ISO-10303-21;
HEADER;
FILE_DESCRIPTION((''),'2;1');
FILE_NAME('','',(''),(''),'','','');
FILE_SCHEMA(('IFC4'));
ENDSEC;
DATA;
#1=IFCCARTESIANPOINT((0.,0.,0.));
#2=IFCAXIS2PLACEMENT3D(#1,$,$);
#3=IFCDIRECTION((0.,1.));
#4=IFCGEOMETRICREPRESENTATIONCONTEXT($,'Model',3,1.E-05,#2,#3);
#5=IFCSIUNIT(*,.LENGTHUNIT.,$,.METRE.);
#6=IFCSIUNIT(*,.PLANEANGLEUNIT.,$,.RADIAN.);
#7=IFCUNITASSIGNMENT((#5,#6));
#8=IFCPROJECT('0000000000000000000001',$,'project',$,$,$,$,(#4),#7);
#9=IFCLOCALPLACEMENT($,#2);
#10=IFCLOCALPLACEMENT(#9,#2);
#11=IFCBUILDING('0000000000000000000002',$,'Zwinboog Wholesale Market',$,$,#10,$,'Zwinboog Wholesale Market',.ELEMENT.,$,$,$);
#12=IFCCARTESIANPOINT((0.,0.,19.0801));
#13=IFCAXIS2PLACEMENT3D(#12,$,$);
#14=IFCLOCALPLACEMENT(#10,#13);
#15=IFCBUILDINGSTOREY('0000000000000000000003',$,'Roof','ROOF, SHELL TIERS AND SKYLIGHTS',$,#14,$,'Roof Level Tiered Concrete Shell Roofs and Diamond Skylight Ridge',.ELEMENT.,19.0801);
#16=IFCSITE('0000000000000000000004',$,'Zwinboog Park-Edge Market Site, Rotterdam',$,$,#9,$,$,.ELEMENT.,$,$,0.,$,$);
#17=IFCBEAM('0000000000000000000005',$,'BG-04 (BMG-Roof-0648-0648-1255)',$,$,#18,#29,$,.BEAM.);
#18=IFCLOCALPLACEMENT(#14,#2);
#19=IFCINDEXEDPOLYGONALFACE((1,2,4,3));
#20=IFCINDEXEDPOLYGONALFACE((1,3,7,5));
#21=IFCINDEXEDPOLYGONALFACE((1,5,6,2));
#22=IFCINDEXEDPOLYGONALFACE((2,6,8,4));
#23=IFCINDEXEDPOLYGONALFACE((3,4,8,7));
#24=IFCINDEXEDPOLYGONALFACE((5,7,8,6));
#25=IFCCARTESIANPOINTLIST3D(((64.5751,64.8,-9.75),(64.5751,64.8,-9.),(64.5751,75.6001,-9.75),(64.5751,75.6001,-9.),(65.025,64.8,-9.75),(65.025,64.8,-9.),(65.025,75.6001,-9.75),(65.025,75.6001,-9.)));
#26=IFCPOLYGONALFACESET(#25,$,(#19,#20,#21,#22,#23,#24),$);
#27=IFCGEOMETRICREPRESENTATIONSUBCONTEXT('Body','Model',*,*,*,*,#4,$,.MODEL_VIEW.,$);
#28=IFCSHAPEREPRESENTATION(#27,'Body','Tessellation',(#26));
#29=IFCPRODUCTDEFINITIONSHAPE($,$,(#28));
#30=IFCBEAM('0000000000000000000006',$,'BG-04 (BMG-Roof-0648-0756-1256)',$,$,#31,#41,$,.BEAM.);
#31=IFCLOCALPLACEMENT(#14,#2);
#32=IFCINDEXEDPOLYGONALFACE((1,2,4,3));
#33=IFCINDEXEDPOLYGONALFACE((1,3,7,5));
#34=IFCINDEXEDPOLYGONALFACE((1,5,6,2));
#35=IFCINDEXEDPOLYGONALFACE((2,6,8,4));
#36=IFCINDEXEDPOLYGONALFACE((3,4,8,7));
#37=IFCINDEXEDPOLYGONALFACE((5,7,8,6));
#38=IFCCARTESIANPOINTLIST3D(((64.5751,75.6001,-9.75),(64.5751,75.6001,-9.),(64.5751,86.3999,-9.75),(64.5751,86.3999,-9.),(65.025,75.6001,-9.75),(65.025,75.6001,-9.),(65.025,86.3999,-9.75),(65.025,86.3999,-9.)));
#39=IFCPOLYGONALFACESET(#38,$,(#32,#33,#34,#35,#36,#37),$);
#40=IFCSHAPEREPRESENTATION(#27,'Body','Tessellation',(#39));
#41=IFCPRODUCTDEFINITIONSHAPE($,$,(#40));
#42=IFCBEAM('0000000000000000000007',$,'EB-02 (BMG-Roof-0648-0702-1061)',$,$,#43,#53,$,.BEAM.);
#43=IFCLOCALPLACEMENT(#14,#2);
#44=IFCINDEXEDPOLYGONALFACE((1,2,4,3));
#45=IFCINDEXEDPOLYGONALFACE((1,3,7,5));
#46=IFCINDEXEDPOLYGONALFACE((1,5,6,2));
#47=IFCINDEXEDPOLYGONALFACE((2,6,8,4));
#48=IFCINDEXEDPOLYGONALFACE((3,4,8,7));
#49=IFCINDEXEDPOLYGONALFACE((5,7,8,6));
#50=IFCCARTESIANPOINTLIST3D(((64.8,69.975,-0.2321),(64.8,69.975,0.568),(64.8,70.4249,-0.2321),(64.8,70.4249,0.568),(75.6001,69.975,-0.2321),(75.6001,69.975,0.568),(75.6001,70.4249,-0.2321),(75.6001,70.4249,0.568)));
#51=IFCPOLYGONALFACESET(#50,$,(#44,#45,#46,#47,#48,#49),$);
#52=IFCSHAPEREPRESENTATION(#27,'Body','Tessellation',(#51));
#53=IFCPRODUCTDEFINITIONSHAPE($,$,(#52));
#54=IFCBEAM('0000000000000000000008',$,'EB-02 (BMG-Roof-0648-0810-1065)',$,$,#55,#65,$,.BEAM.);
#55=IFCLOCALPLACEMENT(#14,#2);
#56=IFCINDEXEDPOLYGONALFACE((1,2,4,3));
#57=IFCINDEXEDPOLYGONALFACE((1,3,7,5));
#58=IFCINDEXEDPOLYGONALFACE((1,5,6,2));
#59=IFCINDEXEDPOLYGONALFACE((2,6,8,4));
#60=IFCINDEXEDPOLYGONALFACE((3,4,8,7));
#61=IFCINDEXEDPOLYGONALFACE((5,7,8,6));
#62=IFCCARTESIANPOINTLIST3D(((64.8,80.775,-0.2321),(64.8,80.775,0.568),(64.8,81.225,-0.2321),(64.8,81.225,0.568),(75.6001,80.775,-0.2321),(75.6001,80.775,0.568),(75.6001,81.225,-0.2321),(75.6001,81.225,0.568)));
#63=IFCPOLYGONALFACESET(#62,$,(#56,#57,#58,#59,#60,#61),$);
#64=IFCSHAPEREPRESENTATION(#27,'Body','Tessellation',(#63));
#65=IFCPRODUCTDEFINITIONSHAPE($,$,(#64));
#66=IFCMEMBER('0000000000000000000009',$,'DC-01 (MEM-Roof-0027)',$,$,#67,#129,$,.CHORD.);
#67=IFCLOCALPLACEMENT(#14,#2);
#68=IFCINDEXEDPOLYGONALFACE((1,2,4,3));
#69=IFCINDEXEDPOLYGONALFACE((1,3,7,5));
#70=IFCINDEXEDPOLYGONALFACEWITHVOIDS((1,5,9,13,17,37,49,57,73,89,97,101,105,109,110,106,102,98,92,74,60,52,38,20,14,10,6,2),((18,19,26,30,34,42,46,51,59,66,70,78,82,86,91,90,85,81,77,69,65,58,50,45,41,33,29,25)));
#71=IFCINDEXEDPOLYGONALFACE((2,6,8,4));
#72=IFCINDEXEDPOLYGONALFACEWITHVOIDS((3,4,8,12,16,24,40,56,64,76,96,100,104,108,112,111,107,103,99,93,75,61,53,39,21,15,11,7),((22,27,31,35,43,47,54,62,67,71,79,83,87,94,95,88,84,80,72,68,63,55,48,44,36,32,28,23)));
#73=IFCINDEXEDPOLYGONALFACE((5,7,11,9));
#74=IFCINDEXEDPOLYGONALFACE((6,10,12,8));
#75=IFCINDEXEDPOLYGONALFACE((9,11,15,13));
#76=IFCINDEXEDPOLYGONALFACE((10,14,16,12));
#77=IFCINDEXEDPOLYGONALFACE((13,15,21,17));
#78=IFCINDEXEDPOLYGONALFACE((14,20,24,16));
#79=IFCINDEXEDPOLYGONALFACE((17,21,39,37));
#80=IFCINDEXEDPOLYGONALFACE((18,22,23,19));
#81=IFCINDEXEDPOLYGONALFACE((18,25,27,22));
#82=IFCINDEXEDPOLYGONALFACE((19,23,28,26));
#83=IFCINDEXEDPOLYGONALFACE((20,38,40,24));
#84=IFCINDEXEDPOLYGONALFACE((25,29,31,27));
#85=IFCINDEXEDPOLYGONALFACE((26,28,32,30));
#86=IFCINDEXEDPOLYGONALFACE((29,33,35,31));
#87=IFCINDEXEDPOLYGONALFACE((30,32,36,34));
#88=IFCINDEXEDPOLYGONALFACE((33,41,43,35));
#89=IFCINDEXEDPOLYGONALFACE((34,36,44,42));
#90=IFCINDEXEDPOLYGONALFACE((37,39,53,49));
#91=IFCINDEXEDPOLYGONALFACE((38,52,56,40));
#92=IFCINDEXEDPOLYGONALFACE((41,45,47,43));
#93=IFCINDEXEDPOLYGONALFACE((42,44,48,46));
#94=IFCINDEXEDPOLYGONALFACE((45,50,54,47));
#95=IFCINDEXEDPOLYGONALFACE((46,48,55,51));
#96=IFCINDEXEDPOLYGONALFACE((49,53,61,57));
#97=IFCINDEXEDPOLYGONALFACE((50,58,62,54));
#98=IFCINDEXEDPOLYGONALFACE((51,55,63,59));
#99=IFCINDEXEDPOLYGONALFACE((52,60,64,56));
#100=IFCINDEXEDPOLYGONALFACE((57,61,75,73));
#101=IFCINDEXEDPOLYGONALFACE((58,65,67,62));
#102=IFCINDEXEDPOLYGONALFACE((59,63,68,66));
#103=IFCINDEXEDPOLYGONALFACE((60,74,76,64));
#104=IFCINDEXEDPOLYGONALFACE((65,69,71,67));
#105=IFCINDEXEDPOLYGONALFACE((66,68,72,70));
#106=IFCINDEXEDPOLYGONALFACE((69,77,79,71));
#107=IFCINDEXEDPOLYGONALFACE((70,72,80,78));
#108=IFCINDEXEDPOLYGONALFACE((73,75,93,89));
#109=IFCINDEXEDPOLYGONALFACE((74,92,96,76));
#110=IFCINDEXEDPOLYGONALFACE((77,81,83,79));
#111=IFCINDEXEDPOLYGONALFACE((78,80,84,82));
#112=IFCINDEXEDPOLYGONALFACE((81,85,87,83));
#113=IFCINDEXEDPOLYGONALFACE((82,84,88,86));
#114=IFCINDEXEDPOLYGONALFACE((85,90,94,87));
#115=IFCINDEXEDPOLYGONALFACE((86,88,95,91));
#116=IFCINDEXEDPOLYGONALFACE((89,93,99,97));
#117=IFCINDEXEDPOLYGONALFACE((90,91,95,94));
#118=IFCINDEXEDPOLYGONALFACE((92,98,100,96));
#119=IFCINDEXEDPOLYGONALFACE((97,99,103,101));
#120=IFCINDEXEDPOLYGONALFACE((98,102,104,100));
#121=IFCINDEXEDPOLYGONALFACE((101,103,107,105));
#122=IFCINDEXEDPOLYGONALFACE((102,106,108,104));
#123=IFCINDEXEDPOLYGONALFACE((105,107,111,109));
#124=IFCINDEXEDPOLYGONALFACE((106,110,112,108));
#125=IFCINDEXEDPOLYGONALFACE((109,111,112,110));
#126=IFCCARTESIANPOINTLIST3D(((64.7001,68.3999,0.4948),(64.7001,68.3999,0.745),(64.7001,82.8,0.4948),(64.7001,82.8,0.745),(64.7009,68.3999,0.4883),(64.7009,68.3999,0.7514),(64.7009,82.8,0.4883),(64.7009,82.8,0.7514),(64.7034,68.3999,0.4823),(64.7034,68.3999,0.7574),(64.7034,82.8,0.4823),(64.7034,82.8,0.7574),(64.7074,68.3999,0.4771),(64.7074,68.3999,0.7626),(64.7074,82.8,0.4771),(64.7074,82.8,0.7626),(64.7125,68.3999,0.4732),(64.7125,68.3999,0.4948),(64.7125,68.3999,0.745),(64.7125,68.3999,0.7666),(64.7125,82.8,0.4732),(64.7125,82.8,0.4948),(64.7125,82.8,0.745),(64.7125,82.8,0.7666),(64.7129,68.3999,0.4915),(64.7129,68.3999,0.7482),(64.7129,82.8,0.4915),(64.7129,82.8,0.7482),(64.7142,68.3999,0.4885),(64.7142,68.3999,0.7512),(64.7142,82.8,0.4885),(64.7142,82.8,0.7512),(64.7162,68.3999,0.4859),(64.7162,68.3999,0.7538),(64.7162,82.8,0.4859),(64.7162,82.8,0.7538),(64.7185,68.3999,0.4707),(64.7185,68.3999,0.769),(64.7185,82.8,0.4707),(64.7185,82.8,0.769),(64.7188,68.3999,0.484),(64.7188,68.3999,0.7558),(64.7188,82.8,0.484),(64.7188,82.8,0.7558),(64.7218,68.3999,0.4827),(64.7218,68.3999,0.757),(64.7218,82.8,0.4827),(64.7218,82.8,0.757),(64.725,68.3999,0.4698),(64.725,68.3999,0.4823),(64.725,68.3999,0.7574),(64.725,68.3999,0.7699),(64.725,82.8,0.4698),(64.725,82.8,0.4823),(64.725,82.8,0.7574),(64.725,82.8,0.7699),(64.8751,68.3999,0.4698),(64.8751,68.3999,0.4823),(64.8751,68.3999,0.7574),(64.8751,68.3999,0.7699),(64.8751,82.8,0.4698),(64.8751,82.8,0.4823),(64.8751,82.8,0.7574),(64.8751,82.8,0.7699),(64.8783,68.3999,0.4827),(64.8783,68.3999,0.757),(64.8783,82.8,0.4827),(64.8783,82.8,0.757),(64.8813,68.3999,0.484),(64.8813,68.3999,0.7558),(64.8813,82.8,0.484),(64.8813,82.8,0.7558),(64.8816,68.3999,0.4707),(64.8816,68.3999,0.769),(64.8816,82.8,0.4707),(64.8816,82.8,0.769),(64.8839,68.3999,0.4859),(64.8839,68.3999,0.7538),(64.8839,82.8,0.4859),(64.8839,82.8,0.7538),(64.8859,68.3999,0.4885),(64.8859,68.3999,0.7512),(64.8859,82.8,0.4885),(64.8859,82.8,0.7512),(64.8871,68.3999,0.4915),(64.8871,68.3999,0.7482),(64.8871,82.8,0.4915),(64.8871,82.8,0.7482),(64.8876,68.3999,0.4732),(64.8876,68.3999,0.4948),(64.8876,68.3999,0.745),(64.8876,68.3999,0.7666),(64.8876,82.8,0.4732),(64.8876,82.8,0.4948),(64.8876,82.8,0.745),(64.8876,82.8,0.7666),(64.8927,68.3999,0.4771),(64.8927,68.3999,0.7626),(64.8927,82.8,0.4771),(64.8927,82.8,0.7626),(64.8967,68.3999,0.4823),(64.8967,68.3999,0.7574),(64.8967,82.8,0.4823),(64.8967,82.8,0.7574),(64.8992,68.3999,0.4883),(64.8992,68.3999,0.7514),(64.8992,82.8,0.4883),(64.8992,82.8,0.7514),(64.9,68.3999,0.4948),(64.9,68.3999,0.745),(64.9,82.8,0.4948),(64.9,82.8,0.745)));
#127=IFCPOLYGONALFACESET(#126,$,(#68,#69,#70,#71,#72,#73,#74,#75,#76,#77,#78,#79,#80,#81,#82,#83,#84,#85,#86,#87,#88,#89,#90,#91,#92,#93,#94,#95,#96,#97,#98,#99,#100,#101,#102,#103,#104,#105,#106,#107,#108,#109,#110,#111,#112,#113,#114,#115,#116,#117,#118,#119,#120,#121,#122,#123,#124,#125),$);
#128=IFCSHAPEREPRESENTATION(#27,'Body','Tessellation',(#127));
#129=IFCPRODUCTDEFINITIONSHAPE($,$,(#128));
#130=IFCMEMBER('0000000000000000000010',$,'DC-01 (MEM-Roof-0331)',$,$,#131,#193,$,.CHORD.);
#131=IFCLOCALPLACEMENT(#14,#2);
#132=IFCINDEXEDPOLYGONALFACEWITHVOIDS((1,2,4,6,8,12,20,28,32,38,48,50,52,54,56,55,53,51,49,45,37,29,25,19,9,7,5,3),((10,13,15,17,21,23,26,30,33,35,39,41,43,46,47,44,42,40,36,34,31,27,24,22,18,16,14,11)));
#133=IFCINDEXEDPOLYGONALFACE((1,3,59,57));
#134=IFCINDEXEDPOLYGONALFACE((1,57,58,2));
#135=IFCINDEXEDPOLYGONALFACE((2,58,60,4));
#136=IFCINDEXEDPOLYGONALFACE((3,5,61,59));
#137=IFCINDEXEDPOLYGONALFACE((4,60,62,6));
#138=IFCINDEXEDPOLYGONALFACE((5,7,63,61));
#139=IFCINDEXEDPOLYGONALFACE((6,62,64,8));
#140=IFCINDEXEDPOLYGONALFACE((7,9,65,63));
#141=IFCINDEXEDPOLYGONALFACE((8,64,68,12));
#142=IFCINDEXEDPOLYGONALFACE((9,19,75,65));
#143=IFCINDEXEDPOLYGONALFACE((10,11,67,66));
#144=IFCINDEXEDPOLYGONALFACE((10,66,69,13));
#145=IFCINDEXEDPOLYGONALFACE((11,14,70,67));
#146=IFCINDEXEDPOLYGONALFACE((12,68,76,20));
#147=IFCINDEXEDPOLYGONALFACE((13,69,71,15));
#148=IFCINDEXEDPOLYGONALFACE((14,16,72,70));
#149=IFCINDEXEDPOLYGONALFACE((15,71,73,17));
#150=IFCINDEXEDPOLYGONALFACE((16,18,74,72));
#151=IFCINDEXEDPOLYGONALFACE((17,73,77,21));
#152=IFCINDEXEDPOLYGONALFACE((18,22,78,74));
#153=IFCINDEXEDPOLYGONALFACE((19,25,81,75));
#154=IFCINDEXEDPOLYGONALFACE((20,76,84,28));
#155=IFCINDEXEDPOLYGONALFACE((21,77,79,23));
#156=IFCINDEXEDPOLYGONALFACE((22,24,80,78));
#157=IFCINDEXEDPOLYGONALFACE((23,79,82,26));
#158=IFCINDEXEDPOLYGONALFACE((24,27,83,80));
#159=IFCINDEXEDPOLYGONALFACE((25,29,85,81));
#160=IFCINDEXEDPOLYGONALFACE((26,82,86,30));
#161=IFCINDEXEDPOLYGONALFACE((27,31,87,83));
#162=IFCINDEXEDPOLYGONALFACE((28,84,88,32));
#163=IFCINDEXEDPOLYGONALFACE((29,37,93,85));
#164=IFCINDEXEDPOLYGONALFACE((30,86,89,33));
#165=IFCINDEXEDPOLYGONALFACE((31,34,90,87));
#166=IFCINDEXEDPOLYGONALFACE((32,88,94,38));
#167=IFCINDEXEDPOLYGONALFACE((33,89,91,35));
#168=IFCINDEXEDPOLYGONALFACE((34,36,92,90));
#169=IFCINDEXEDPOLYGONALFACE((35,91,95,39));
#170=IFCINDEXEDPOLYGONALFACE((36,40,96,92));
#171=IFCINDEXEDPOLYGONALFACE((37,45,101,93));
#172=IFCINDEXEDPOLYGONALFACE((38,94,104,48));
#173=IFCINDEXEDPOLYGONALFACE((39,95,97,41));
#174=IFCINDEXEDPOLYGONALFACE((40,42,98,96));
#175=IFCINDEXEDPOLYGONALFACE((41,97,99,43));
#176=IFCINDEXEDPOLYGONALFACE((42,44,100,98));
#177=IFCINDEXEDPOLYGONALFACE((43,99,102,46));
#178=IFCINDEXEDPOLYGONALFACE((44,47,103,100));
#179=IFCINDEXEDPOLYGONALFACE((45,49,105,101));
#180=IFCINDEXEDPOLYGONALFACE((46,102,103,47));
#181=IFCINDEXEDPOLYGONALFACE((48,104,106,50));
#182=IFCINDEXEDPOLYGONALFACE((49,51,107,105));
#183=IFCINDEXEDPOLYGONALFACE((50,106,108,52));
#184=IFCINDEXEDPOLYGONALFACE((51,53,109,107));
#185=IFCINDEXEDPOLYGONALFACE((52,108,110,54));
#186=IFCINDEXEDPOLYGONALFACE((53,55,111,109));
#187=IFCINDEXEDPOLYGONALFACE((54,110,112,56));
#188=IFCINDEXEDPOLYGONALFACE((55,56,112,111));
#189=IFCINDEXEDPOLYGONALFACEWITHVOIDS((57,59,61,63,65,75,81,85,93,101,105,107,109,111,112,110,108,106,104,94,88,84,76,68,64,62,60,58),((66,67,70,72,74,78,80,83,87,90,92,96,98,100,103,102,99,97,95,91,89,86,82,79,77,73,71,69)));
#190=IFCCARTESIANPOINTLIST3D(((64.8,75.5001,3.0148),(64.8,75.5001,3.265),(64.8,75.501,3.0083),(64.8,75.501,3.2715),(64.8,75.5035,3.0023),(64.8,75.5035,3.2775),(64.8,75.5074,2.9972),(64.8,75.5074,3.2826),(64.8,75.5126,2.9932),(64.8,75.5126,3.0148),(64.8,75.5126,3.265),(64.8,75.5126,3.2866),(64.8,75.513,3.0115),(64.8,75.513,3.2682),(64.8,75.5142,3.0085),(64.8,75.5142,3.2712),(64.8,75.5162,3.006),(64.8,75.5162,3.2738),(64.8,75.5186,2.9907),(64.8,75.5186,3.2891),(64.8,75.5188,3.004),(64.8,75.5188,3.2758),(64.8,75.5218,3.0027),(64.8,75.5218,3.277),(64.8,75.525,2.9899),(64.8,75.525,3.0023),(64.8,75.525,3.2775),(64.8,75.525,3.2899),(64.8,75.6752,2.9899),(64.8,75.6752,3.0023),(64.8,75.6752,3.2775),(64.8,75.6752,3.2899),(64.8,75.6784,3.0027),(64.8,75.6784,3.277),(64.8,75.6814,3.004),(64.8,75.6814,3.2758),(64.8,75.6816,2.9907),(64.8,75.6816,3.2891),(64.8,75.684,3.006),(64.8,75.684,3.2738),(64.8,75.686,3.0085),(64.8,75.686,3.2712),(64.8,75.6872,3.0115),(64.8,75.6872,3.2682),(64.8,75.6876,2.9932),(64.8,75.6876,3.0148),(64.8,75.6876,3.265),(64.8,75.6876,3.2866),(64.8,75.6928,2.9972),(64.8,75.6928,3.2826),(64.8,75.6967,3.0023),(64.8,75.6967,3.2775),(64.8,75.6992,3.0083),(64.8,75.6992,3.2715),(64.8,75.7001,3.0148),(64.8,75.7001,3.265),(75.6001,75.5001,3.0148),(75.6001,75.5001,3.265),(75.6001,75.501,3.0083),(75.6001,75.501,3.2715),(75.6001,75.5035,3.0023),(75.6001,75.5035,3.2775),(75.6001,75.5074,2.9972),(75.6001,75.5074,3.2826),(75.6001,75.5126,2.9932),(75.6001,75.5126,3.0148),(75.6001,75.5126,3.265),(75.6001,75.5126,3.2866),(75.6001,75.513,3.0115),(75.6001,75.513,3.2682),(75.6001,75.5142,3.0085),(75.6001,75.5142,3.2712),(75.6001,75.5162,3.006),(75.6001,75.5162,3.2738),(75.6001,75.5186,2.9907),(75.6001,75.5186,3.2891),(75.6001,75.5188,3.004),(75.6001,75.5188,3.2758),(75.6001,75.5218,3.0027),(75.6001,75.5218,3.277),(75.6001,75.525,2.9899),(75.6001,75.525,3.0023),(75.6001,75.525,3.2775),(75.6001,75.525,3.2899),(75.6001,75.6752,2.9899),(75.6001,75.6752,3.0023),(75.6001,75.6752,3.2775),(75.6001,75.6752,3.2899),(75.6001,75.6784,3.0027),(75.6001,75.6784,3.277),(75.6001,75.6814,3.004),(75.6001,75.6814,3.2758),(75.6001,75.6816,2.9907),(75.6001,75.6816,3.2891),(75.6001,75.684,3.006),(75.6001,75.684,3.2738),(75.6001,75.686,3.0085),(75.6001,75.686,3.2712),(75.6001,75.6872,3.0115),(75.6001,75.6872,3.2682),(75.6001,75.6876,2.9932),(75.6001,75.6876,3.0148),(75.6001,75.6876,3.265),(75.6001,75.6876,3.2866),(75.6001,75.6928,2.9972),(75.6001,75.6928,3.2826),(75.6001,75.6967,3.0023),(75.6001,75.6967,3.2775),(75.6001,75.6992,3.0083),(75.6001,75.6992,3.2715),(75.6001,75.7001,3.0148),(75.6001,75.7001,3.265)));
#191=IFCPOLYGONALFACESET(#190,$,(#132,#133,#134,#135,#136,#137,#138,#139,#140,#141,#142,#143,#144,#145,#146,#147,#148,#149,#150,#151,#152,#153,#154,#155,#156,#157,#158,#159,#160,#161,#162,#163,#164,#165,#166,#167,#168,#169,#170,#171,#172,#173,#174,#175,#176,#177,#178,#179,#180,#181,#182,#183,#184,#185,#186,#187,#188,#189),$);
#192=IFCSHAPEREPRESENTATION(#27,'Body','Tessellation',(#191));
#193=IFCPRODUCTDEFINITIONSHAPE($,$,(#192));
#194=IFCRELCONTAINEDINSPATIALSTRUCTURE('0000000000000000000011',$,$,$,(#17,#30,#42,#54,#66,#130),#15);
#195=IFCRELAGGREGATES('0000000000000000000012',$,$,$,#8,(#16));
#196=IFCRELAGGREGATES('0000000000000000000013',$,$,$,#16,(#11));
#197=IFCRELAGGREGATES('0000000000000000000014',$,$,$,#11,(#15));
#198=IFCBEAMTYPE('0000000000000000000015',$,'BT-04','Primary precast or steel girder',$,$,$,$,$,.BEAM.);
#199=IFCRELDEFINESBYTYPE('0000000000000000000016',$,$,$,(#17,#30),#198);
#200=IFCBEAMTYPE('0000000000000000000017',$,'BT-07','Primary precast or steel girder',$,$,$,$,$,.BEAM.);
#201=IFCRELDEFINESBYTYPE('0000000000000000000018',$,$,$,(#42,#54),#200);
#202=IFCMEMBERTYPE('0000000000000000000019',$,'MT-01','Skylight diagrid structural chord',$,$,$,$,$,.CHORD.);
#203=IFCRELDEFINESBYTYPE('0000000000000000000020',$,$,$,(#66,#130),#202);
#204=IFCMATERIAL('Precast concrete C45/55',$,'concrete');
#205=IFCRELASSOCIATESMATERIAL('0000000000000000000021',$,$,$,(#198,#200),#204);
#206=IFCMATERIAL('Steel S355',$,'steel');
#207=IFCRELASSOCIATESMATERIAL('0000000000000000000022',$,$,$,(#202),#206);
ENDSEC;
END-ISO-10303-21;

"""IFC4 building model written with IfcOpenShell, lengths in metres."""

from ifc_helpers import new_model, si_unit, direction, frame, origin, origin_2d, place, context, subcontext, project, spatial, rectangle, hollow_rectangle, extrude, material, material_profile, profile_set, type_object, element, save


model = new_model("IFC4")

# Units and contexts
model_context = context("Model", 3, precision=1e-05, world=origin(), true_north=direction((0.0, 1.0)))
body_context = subcontext(model_context, "Body", "Model", "MODEL_VIEW")
ifc_project = project(units=[si_unit("LENGTHUNIT", "METRE"), si_unit("PLANEANGLEUNIT", "RADIAN")], contexts=[model_context])

# Site, building, storey
site_placement = place(None, origin())
site = spatial("IfcSite", under=ifc_project, at=site_placement, Name="Zwinboog Park-Edge Market Site, Rotterdam", CompositionType="ELEMENT", RefElevation=0.0)
building_placement = place(site_placement, origin())
building = spatial("IfcBuilding", under=site, at=building_placement, Name="Zwinboog Wholesale Market", LongName="Zwinboog Wholesale Market", CompositionType="ELEMENT")
storey_placement = place(building_placement, frame((0.0, 0.0, 19.0801)))
storey = spatial("IfcBuildingStorey", under=building, at=storey_placement, Name="Roof", Description="ROOF, SHELL TIERS AND SKYLIGHTS", LongName="Roof Level Tiered Concrete Shell Roofs and Diamond Skylight Ridge", CompositionType="ELEMENT", Elevation=19.0801)

# Beams
ifc_material_1 = material(Name="Precast concrete C45/55", Category="concrete")
ifc_material_profile_1 = material_profile(ifc_material_1, rectangle(XDim=0.45, YDim=0.75, at=origin_2d()), Name="PC 450x750")
ifc_profile_set_1 = profile_set([ifc_material_profile_1], Name="Precast concrete C45/55")
beam_type_1 = type_object("IfcBeamType", Name="BT-04", Description="Primary precast or steel girder", PredefinedType="BEAM", material=ifc_profile_set_1)
beam_1_placement = place(storey_placement, frame((64.8, 64.8, -9.375), z_axis=(0.0, 1.0, 0.0), x_axis=(-1.0, 0.0, 0.0)))
element("IfcBeam", 1, at=beam_1_placement, inside=storey, type_object=beam_type_1, Name="BG-04 (BMG-Roof-0648-0648-1255)", PredefinedType="BEAM", context=body_context, shape_type="SweptSolid", body=[
    extrude(rectangle(XDim=0.45, YDim=0.75, at=origin_2d()), origin(), (0.0, 0.0, 1.0), 10.8),
])
beam_2_placement = place(storey_placement, frame((64.8, 75.6001, -9.375), z_axis=(0.0, 1.0, 0.0), x_axis=(-1.0, 0.0, 0.0)))
element("IfcBeam", 2, at=beam_2_placement, inside=storey, type_object=beam_type_1, Name="BG-04 (BMG-Roof-0648-0756-1256)", PredefinedType="BEAM", context=body_context, shape_type="SweptSolid", body=[
    extrude(rectangle(XDim=0.45, YDim=0.75, at=origin_2d()), origin(), (0.0, 0.0, 1.0), 10.7998),
])
ifc_material_profile_2 = material_profile(ifc_material_1, rectangle(XDim=0.45, YDim=0.8, at=origin_2d()), Name="PC 450x800")
ifc_profile_set_2 = profile_set([ifc_material_profile_2], Name="Precast concrete C45/55")
beam_type_2 = type_object("IfcBeamType", Name="BT-07", Description="Primary precast or steel girder", PredefinedType="BEAM", material=ifc_profile_set_2)
for number, where, z_axis, x_axis, name in (
    (3, (64.8, 70.2, 0.168), (1.0, 0.0, 0.0), (0.0, 1.0, 0.0), "EB-02 (BMG-Roof-0648-0702-1061)"),
    (4, (64.8, 81.0, 0.168), (1.0, 0.0, 0.0), (0.0, 1.0, 0.0), "EB-02 (BMG-Roof-0648-0810-1065)"),
):
    element("IfcBeam", number, at=place(storey_placement, frame(where, z_axis=z_axis, x_axis=x_axis)), inside=storey, type_object=beam_type_2, Name=name, PredefinedType="BEAM", context=body_context, shape_type="SweptSolid", body=[
        extrude(rectangle(XDim=0.45, YDim=0.8, at=origin_2d()), origin(), (0.0, 0.0, 1.0), 10.8),
    ])

# Members
ifc_material_2 = material(Name="Steel S355", Category="steel")
ifc_material_profile_3 = material_profile(ifc_material_2, hollow_rectangle(XDim=0.2, YDim=0.3, WallThickness=0.0125, InnerFilletRadius=0.0125, OuterFilletRadius=0.0249, at=origin_2d()), Name="RHS 300x200x12.5")
ifc_profile_set_3 = profile_set([ifc_material_profile_3], Name="Steel S355")
member_type_1 = type_object("IfcMemberType", Name="MT-01", Description="Skylight diagrid structural chord", PredefinedType="CHORD", material=ifc_profile_set_3)
member_1_placement = place(storey_placement, frame((64.8, 68.3999, 0.6199), z_axis=(0.0, 1.0, 0.0), x_axis=(-1.0, 0.0, 0.0)))
element("IfcMember", 5, at=member_1_placement, inside=storey, type_object=member_type_1, Name="DC-01 (MEM-Roof-0027)", PredefinedType="CHORD", context=body_context, shape_type="SweptSolid", body=[
    extrude(hollow_rectangle(XDim=0.2, YDim=0.3, WallThickness=0.0125, InnerFilletRadius=0.0125, OuterFilletRadius=0.0249, at=origin_2d()), origin(), (0.0, 0.0, 1.0), 14.4001),
])
member_2_placement = place(storey_placement, frame((64.8, 75.6001, 3.1399), z_axis=(1.0, 0.0, 0.0), x_axis=(0.0, 1.0, 0.0)))
element("IfcMember", 6, at=member_2_placement, inside=storey, type_object=member_type_1, Name="DC-01 (MEM-Roof-0331)", PredefinedType="CHORD", context=body_context, shape_type="SweptSolid", body=[
    extrude(hollow_rectangle(XDim=0.2, YDim=0.3, WallThickness=0.0125, InnerFilletRadius=0.0125, OuterFilletRadius=0.0249, at=origin_2d()), origin(), (0.0, 0.0, 1.0), 10.8),
])

save(model, "model.ifc")
